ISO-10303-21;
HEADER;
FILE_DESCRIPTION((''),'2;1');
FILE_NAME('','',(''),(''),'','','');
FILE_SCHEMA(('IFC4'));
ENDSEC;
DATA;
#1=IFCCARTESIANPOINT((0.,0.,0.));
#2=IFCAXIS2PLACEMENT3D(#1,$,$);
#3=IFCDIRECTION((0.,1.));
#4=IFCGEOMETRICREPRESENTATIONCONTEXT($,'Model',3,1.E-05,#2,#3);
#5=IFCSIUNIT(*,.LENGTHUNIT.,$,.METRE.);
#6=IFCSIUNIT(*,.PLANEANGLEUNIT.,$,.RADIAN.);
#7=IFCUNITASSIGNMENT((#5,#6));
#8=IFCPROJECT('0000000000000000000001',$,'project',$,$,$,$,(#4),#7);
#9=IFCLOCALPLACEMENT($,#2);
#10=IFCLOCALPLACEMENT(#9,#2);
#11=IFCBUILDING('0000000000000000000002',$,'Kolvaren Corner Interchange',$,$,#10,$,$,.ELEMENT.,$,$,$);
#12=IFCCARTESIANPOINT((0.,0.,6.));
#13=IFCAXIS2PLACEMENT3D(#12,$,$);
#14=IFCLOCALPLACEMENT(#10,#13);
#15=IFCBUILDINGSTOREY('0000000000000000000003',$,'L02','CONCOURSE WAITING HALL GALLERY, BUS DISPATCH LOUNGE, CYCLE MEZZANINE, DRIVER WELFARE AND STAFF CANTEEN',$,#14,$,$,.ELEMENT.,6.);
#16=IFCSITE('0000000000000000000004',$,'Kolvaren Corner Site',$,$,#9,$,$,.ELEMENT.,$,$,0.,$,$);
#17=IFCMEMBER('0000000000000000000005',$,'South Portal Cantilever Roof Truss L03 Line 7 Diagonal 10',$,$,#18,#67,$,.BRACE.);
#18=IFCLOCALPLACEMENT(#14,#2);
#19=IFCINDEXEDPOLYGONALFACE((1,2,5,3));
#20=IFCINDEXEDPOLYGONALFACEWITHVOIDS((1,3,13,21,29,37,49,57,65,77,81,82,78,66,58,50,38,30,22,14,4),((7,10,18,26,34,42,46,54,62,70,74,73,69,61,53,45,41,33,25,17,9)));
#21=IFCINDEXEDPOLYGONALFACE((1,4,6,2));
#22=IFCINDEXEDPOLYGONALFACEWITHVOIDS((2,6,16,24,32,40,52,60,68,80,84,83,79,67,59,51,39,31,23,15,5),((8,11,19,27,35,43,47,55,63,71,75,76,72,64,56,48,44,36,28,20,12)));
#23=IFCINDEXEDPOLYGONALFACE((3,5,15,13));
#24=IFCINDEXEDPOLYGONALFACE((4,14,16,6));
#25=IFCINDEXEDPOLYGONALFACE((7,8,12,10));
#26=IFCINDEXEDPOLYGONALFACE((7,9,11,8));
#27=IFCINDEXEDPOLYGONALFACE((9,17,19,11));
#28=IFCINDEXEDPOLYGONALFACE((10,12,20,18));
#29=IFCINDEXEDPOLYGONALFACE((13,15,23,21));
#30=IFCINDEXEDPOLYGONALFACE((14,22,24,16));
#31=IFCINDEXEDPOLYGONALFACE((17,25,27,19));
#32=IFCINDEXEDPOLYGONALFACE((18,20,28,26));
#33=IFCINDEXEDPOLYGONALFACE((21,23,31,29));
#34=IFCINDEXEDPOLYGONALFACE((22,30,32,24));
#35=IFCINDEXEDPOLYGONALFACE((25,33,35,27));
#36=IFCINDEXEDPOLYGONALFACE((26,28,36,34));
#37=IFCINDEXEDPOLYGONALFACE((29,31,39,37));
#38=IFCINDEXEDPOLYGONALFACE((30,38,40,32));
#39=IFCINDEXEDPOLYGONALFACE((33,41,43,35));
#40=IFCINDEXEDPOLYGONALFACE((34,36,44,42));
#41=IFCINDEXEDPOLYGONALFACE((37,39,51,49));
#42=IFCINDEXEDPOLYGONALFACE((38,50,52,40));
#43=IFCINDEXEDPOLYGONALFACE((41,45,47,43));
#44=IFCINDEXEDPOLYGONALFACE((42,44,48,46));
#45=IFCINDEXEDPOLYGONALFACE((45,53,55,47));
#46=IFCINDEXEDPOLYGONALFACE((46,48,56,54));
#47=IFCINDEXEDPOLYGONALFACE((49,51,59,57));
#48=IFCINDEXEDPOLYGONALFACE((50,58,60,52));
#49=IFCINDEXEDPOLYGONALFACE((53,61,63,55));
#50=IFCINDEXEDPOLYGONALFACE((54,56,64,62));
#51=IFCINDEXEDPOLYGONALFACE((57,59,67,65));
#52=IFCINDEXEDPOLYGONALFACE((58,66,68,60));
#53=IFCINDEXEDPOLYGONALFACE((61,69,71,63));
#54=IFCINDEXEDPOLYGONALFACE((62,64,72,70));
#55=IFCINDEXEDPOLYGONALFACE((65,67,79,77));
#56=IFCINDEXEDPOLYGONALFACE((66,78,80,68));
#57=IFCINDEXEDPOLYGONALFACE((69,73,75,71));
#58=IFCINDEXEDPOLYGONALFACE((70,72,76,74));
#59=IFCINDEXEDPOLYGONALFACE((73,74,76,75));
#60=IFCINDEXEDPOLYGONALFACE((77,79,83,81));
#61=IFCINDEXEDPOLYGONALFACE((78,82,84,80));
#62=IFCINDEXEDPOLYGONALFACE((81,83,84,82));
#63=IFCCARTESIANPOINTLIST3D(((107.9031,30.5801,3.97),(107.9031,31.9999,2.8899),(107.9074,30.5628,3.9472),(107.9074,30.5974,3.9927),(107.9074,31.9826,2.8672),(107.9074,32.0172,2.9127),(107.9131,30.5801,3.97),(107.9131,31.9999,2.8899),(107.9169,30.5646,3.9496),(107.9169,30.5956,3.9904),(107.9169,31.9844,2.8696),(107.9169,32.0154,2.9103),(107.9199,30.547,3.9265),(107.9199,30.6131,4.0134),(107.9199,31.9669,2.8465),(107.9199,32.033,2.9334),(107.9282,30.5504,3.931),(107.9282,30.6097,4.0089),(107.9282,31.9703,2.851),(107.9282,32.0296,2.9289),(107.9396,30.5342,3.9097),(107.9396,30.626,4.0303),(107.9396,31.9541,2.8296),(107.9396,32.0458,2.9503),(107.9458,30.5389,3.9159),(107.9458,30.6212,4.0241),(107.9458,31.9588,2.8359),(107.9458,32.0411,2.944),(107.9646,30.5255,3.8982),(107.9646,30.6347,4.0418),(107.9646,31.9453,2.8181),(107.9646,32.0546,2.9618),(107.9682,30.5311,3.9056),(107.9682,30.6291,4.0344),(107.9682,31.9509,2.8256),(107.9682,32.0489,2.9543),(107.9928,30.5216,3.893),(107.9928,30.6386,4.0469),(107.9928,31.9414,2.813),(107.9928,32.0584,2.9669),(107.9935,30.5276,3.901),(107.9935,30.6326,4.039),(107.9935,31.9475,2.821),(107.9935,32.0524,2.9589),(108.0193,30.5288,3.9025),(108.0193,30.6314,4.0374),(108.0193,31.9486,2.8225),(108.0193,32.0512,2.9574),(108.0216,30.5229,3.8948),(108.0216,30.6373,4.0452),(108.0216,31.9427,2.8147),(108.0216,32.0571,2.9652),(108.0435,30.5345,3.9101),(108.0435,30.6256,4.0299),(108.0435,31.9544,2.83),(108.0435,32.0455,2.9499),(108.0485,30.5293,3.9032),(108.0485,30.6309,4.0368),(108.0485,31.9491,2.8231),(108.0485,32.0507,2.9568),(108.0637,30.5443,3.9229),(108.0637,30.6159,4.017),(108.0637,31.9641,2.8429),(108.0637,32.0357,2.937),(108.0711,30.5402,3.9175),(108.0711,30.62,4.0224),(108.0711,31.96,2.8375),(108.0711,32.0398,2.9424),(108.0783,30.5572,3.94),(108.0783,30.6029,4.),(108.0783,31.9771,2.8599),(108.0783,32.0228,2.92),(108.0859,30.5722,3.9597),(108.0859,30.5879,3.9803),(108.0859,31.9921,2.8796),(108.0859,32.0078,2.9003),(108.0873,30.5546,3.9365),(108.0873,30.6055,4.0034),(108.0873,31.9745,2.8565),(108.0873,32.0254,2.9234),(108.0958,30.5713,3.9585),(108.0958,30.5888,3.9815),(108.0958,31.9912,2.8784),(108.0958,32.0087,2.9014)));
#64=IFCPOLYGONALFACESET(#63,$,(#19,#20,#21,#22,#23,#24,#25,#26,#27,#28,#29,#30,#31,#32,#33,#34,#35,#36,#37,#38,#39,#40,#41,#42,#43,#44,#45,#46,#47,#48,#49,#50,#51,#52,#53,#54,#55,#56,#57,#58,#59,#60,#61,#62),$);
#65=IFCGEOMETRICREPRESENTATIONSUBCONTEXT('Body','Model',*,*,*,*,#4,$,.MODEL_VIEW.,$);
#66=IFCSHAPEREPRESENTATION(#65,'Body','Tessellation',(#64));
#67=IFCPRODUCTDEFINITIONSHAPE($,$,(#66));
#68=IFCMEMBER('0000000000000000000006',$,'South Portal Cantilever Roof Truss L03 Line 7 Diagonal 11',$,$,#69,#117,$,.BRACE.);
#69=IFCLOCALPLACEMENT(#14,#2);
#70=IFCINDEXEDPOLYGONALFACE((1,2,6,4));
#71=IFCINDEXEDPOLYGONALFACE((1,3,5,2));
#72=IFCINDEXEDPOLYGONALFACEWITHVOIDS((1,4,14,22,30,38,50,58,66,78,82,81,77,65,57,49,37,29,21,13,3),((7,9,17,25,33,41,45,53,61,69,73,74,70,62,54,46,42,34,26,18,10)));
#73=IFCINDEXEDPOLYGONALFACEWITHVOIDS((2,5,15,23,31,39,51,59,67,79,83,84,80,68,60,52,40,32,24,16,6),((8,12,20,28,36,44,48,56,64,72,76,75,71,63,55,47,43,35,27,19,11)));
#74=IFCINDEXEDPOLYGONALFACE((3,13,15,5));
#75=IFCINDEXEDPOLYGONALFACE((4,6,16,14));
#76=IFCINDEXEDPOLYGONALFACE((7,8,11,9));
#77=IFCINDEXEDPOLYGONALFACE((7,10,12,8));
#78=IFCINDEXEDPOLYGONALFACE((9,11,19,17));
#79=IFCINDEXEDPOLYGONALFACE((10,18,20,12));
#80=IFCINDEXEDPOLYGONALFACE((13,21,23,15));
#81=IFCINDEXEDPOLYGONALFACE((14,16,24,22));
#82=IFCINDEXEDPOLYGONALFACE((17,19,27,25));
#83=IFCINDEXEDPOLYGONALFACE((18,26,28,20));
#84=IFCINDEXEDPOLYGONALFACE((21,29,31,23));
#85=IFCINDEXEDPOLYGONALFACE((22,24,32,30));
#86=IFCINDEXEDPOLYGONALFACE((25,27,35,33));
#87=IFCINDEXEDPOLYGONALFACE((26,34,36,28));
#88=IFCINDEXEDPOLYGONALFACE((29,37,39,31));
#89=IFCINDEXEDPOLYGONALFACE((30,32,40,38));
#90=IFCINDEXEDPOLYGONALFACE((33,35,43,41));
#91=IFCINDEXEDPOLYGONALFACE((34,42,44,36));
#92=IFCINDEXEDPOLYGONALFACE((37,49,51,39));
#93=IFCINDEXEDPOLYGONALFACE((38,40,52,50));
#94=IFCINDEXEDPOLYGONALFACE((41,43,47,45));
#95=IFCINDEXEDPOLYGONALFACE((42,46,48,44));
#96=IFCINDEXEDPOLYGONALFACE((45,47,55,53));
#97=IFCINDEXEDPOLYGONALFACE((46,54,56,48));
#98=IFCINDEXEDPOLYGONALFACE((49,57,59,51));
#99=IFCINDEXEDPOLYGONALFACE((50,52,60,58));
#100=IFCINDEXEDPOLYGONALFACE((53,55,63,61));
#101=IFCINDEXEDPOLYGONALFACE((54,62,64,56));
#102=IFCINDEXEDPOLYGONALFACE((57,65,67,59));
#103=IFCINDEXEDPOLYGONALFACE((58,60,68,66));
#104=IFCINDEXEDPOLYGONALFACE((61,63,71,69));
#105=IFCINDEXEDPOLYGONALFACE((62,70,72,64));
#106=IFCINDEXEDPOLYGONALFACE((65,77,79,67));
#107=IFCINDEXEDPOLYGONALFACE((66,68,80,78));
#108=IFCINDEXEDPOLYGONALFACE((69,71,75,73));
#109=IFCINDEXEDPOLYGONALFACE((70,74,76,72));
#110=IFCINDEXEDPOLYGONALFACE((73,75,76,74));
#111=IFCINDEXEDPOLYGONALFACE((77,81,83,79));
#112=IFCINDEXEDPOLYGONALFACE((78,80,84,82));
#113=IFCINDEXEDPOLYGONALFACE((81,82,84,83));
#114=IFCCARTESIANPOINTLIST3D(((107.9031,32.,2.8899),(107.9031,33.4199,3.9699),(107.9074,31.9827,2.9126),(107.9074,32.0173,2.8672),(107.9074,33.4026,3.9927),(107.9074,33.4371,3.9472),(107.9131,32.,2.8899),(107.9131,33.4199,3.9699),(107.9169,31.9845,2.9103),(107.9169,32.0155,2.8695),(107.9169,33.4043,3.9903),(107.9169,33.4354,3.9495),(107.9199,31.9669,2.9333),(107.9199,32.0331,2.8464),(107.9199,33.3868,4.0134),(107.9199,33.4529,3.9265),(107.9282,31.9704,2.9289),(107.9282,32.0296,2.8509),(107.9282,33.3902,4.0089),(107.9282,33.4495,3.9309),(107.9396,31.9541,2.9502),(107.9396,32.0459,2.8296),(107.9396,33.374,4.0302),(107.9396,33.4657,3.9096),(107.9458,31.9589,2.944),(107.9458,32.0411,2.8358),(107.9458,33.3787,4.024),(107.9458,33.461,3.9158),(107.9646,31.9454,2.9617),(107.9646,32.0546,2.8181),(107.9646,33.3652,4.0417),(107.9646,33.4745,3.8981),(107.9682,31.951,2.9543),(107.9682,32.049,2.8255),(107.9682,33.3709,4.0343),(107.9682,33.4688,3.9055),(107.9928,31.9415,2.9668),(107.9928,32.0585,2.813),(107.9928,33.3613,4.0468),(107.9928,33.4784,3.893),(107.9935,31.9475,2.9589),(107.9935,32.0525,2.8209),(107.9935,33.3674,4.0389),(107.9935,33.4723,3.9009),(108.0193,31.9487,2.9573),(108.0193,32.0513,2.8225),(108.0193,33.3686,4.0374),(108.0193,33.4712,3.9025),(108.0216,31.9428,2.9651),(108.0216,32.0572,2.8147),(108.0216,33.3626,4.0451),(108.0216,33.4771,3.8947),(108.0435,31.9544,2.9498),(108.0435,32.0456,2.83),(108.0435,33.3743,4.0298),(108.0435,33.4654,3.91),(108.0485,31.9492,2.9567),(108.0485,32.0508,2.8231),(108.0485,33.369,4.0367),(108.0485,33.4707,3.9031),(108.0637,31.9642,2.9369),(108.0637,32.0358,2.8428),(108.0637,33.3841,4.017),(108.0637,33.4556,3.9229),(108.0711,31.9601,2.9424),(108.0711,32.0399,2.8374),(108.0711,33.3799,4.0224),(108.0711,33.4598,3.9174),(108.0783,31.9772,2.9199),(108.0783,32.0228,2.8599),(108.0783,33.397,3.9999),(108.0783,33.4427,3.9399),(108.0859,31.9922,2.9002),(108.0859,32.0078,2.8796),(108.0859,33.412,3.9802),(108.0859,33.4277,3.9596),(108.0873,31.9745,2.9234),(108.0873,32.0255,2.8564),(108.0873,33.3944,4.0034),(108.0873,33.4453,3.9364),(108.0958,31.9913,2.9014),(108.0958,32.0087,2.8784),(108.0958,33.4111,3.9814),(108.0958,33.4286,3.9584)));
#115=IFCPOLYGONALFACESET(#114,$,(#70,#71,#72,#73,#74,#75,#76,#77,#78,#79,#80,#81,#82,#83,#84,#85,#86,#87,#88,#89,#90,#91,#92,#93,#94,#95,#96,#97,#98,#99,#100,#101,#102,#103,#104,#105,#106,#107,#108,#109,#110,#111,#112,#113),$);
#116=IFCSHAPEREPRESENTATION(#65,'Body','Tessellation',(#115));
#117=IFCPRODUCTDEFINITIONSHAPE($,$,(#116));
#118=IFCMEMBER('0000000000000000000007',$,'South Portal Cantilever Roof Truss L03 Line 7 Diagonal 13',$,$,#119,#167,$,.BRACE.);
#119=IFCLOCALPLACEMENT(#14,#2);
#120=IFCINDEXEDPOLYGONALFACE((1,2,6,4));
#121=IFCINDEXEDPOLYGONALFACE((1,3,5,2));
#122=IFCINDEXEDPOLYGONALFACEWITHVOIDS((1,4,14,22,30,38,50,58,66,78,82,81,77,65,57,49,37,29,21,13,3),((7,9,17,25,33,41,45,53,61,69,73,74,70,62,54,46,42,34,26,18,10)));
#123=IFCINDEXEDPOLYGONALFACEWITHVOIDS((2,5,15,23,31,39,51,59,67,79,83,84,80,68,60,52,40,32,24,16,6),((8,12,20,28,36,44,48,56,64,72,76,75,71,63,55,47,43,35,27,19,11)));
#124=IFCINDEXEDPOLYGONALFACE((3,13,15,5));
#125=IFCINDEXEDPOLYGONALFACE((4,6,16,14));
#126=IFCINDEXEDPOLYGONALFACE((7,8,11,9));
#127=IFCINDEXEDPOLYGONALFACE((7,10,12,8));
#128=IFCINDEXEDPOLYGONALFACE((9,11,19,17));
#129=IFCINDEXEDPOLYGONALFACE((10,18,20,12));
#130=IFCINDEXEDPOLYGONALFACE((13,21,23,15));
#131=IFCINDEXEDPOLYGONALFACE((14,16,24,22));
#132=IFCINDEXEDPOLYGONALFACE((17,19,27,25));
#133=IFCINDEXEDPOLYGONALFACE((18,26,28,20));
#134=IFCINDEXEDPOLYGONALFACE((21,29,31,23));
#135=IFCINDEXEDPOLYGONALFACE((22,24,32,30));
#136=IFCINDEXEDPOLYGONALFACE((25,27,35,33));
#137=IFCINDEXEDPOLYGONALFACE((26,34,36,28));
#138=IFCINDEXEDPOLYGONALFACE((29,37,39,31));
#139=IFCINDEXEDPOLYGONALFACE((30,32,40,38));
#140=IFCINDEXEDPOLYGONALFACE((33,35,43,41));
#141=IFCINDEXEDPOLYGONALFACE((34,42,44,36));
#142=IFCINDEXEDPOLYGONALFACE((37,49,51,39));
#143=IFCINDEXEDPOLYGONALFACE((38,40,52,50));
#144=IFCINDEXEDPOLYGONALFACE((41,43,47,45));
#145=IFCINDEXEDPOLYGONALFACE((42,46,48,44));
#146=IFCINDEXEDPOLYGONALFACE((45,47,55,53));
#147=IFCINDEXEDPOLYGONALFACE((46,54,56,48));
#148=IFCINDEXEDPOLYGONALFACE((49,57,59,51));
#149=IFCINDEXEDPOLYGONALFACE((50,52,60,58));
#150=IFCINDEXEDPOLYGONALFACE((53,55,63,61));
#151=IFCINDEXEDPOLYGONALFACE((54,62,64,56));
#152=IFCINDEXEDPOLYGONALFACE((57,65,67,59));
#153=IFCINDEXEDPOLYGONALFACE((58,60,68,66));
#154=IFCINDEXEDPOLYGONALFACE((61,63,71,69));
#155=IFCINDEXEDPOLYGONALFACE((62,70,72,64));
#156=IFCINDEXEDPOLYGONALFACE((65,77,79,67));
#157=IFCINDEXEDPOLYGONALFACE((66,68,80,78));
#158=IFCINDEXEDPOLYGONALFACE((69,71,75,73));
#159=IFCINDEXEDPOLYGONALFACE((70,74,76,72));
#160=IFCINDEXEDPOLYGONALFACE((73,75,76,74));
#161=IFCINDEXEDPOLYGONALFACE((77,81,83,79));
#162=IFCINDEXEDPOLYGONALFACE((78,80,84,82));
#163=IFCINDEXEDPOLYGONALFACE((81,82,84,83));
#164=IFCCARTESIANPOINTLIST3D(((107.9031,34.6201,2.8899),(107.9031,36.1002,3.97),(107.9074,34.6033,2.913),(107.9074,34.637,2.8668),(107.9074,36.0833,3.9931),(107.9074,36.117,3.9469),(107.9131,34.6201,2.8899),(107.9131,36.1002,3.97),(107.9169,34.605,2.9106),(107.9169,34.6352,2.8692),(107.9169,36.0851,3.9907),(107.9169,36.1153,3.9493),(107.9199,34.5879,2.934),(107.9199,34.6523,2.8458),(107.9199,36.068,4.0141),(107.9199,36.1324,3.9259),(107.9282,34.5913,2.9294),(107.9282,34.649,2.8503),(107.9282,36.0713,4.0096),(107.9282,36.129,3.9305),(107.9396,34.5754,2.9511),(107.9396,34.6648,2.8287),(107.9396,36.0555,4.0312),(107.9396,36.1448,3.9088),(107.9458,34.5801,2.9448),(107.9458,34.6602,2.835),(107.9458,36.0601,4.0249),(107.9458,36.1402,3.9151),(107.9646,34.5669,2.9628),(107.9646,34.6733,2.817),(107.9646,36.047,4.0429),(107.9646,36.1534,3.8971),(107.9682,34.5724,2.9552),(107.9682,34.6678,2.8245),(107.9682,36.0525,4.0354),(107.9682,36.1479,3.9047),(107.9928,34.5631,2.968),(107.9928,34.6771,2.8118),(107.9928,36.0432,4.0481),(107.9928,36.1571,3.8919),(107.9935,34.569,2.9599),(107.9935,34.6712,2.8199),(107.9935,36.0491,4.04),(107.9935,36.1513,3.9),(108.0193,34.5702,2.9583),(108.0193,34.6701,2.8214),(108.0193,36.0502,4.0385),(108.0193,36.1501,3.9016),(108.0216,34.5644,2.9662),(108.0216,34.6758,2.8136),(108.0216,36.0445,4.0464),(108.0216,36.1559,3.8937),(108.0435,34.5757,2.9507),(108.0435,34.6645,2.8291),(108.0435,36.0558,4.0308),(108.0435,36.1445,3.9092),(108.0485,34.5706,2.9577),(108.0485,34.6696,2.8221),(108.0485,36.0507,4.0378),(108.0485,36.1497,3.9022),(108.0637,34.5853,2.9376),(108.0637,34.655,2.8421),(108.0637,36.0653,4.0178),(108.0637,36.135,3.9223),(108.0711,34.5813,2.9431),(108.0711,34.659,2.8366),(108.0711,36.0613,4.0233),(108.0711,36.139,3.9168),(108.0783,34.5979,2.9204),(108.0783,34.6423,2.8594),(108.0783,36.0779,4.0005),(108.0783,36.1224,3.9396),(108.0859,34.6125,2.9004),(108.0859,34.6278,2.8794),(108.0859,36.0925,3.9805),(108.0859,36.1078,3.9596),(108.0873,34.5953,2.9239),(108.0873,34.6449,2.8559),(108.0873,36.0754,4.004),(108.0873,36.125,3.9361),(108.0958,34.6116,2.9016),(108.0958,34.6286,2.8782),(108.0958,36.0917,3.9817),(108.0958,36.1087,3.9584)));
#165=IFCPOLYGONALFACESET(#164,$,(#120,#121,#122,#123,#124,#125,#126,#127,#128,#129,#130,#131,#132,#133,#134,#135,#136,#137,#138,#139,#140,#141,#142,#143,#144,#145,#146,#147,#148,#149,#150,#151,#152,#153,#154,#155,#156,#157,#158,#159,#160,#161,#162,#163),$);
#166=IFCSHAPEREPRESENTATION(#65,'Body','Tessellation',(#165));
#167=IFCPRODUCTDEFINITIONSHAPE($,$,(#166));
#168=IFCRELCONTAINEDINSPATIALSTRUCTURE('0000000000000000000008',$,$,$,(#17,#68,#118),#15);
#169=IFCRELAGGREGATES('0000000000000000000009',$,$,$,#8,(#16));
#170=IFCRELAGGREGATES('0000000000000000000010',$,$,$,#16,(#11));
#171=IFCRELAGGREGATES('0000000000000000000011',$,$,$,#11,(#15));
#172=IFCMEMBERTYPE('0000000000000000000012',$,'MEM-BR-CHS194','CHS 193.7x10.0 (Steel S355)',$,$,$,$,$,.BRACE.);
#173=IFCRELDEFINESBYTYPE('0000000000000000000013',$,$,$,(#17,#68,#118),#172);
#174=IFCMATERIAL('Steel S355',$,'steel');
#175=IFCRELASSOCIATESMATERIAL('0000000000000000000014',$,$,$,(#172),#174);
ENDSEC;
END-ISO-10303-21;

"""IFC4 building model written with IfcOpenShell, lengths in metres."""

from ifc_helpers import new_model, si_unit, direction, frame, origin, origin_2d, place, context, subcontext, project, spatial, hollow_circle, extrude, material, material_profile, profile_set, type_object, element, save


model = new_model("IFC4")

# Units and contexts
model_context = context("Model", 3, precision=1e-05, world=origin(), true_north=direction((0.0, 1.0)))
body_context = subcontext(model_context, "Body", "Model", "MODEL_VIEW")
ifc_project = project(units=[si_unit("LENGTHUNIT", "METRE"), si_unit("PLANEANGLEUNIT", "RADIAN")], contexts=[model_context])

# Site, building, storey
site_placement = place(None, origin())
site = spatial("IfcSite", under=ifc_project, at=site_placement, Name="Kolvaren Corner Site", CompositionType="ELEMENT", RefElevation=0.0)
building_placement = place(site_placement, origin())
building = spatial("IfcBuilding", under=site, at=building_placement, Name="Kolvaren Corner Interchange", CompositionType="ELEMENT")
storey_placement = place(building_placement, frame((0.0, 0.0, 6.0)))
storey = spatial("IfcBuildingStorey", under=building, at=storey_placement, Name="L02", Description="CONCOURSE WAITING HALL GALLERY, BUS DISPATCH LOUNGE, CYCLE MEZZANINE, DRIVER WELFARE AND STAFF CANTEEN", CompositionType="ELEMENT", Elevation=6.0)

# Members
ifc_material_1 = material(Name="Steel S355", Category="steel")
ifc_material_profile_1 = material_profile(ifc_material_1, hollow_circle(Radius=0.0969, WallThickness=0.01, at=origin_2d()), Name="CHS 193.7x10.0")
ifc_profile_set_1 = profile_set([ifc_material_profile_1], Name="Steel S355")
member_type_1 = type_object("IfcMemberType", Name="MEM-BR-CHS194", Description="CHS 193.7x10.0 (Steel S355)", PredefinedType="BRACE", material=ifc_profile_set_1)
for number, where, z_axis, x_axis, name in (
    (1, (108.0, 30.5801, 3.97), (0.0, 0.795909, -0.605416), (-1.0, 0.0, 0.0), "South Portal Cantilever Roof Truss L03 Line 7 Diagonal 10"),
    (2, (108.0, 32.0, 2.8899), (0.0, 0.795909, 0.605416), (-1.0, 0.0, 0.0), "South Portal Cantilever Roof Truss L03 Line 7 Diagonal 11"),
):
    element("IfcMember", number, at=place(storey_placement, frame(where, z_axis=z_axis, x_axis=x_axis)), inside=storey, type_object=member_type_1, Name=name, PredefinedType="BRACE", context=body_context, shape_type="SweptSolid", body=[
        extrude(hollow_circle(Radius=0.0969, WallThickness=0.01, at=origin_2d()), origin(), (0.0, 0.0, 1.0), 1.7839),
    ])
for number, where, z_axis, x_axis, name in (
    (3, (108.0, 34.6201, 2.8899), (0.0, 0.807767, 0.589502), (-1.0, 0.0, 0.0), "South Portal Cantilever Roof Truss L03 Line 7 Diagonal 13"),
):
    element("IfcMember", number, at=place(storey_placement, frame(where, z_axis=z_axis, x_axis=x_axis)), inside=storey, type_object=member_type_1, Name=name, PredefinedType="BRACE", context=body_context, shape_type="SweptSolid", body=[
        extrude(hollow_circle(Radius=0.0969, WallThickness=0.01, at=origin_2d()), origin(), (0.0, 0.0, 1.0), 1.8323),
    ])

save(model, "model.ifc")
